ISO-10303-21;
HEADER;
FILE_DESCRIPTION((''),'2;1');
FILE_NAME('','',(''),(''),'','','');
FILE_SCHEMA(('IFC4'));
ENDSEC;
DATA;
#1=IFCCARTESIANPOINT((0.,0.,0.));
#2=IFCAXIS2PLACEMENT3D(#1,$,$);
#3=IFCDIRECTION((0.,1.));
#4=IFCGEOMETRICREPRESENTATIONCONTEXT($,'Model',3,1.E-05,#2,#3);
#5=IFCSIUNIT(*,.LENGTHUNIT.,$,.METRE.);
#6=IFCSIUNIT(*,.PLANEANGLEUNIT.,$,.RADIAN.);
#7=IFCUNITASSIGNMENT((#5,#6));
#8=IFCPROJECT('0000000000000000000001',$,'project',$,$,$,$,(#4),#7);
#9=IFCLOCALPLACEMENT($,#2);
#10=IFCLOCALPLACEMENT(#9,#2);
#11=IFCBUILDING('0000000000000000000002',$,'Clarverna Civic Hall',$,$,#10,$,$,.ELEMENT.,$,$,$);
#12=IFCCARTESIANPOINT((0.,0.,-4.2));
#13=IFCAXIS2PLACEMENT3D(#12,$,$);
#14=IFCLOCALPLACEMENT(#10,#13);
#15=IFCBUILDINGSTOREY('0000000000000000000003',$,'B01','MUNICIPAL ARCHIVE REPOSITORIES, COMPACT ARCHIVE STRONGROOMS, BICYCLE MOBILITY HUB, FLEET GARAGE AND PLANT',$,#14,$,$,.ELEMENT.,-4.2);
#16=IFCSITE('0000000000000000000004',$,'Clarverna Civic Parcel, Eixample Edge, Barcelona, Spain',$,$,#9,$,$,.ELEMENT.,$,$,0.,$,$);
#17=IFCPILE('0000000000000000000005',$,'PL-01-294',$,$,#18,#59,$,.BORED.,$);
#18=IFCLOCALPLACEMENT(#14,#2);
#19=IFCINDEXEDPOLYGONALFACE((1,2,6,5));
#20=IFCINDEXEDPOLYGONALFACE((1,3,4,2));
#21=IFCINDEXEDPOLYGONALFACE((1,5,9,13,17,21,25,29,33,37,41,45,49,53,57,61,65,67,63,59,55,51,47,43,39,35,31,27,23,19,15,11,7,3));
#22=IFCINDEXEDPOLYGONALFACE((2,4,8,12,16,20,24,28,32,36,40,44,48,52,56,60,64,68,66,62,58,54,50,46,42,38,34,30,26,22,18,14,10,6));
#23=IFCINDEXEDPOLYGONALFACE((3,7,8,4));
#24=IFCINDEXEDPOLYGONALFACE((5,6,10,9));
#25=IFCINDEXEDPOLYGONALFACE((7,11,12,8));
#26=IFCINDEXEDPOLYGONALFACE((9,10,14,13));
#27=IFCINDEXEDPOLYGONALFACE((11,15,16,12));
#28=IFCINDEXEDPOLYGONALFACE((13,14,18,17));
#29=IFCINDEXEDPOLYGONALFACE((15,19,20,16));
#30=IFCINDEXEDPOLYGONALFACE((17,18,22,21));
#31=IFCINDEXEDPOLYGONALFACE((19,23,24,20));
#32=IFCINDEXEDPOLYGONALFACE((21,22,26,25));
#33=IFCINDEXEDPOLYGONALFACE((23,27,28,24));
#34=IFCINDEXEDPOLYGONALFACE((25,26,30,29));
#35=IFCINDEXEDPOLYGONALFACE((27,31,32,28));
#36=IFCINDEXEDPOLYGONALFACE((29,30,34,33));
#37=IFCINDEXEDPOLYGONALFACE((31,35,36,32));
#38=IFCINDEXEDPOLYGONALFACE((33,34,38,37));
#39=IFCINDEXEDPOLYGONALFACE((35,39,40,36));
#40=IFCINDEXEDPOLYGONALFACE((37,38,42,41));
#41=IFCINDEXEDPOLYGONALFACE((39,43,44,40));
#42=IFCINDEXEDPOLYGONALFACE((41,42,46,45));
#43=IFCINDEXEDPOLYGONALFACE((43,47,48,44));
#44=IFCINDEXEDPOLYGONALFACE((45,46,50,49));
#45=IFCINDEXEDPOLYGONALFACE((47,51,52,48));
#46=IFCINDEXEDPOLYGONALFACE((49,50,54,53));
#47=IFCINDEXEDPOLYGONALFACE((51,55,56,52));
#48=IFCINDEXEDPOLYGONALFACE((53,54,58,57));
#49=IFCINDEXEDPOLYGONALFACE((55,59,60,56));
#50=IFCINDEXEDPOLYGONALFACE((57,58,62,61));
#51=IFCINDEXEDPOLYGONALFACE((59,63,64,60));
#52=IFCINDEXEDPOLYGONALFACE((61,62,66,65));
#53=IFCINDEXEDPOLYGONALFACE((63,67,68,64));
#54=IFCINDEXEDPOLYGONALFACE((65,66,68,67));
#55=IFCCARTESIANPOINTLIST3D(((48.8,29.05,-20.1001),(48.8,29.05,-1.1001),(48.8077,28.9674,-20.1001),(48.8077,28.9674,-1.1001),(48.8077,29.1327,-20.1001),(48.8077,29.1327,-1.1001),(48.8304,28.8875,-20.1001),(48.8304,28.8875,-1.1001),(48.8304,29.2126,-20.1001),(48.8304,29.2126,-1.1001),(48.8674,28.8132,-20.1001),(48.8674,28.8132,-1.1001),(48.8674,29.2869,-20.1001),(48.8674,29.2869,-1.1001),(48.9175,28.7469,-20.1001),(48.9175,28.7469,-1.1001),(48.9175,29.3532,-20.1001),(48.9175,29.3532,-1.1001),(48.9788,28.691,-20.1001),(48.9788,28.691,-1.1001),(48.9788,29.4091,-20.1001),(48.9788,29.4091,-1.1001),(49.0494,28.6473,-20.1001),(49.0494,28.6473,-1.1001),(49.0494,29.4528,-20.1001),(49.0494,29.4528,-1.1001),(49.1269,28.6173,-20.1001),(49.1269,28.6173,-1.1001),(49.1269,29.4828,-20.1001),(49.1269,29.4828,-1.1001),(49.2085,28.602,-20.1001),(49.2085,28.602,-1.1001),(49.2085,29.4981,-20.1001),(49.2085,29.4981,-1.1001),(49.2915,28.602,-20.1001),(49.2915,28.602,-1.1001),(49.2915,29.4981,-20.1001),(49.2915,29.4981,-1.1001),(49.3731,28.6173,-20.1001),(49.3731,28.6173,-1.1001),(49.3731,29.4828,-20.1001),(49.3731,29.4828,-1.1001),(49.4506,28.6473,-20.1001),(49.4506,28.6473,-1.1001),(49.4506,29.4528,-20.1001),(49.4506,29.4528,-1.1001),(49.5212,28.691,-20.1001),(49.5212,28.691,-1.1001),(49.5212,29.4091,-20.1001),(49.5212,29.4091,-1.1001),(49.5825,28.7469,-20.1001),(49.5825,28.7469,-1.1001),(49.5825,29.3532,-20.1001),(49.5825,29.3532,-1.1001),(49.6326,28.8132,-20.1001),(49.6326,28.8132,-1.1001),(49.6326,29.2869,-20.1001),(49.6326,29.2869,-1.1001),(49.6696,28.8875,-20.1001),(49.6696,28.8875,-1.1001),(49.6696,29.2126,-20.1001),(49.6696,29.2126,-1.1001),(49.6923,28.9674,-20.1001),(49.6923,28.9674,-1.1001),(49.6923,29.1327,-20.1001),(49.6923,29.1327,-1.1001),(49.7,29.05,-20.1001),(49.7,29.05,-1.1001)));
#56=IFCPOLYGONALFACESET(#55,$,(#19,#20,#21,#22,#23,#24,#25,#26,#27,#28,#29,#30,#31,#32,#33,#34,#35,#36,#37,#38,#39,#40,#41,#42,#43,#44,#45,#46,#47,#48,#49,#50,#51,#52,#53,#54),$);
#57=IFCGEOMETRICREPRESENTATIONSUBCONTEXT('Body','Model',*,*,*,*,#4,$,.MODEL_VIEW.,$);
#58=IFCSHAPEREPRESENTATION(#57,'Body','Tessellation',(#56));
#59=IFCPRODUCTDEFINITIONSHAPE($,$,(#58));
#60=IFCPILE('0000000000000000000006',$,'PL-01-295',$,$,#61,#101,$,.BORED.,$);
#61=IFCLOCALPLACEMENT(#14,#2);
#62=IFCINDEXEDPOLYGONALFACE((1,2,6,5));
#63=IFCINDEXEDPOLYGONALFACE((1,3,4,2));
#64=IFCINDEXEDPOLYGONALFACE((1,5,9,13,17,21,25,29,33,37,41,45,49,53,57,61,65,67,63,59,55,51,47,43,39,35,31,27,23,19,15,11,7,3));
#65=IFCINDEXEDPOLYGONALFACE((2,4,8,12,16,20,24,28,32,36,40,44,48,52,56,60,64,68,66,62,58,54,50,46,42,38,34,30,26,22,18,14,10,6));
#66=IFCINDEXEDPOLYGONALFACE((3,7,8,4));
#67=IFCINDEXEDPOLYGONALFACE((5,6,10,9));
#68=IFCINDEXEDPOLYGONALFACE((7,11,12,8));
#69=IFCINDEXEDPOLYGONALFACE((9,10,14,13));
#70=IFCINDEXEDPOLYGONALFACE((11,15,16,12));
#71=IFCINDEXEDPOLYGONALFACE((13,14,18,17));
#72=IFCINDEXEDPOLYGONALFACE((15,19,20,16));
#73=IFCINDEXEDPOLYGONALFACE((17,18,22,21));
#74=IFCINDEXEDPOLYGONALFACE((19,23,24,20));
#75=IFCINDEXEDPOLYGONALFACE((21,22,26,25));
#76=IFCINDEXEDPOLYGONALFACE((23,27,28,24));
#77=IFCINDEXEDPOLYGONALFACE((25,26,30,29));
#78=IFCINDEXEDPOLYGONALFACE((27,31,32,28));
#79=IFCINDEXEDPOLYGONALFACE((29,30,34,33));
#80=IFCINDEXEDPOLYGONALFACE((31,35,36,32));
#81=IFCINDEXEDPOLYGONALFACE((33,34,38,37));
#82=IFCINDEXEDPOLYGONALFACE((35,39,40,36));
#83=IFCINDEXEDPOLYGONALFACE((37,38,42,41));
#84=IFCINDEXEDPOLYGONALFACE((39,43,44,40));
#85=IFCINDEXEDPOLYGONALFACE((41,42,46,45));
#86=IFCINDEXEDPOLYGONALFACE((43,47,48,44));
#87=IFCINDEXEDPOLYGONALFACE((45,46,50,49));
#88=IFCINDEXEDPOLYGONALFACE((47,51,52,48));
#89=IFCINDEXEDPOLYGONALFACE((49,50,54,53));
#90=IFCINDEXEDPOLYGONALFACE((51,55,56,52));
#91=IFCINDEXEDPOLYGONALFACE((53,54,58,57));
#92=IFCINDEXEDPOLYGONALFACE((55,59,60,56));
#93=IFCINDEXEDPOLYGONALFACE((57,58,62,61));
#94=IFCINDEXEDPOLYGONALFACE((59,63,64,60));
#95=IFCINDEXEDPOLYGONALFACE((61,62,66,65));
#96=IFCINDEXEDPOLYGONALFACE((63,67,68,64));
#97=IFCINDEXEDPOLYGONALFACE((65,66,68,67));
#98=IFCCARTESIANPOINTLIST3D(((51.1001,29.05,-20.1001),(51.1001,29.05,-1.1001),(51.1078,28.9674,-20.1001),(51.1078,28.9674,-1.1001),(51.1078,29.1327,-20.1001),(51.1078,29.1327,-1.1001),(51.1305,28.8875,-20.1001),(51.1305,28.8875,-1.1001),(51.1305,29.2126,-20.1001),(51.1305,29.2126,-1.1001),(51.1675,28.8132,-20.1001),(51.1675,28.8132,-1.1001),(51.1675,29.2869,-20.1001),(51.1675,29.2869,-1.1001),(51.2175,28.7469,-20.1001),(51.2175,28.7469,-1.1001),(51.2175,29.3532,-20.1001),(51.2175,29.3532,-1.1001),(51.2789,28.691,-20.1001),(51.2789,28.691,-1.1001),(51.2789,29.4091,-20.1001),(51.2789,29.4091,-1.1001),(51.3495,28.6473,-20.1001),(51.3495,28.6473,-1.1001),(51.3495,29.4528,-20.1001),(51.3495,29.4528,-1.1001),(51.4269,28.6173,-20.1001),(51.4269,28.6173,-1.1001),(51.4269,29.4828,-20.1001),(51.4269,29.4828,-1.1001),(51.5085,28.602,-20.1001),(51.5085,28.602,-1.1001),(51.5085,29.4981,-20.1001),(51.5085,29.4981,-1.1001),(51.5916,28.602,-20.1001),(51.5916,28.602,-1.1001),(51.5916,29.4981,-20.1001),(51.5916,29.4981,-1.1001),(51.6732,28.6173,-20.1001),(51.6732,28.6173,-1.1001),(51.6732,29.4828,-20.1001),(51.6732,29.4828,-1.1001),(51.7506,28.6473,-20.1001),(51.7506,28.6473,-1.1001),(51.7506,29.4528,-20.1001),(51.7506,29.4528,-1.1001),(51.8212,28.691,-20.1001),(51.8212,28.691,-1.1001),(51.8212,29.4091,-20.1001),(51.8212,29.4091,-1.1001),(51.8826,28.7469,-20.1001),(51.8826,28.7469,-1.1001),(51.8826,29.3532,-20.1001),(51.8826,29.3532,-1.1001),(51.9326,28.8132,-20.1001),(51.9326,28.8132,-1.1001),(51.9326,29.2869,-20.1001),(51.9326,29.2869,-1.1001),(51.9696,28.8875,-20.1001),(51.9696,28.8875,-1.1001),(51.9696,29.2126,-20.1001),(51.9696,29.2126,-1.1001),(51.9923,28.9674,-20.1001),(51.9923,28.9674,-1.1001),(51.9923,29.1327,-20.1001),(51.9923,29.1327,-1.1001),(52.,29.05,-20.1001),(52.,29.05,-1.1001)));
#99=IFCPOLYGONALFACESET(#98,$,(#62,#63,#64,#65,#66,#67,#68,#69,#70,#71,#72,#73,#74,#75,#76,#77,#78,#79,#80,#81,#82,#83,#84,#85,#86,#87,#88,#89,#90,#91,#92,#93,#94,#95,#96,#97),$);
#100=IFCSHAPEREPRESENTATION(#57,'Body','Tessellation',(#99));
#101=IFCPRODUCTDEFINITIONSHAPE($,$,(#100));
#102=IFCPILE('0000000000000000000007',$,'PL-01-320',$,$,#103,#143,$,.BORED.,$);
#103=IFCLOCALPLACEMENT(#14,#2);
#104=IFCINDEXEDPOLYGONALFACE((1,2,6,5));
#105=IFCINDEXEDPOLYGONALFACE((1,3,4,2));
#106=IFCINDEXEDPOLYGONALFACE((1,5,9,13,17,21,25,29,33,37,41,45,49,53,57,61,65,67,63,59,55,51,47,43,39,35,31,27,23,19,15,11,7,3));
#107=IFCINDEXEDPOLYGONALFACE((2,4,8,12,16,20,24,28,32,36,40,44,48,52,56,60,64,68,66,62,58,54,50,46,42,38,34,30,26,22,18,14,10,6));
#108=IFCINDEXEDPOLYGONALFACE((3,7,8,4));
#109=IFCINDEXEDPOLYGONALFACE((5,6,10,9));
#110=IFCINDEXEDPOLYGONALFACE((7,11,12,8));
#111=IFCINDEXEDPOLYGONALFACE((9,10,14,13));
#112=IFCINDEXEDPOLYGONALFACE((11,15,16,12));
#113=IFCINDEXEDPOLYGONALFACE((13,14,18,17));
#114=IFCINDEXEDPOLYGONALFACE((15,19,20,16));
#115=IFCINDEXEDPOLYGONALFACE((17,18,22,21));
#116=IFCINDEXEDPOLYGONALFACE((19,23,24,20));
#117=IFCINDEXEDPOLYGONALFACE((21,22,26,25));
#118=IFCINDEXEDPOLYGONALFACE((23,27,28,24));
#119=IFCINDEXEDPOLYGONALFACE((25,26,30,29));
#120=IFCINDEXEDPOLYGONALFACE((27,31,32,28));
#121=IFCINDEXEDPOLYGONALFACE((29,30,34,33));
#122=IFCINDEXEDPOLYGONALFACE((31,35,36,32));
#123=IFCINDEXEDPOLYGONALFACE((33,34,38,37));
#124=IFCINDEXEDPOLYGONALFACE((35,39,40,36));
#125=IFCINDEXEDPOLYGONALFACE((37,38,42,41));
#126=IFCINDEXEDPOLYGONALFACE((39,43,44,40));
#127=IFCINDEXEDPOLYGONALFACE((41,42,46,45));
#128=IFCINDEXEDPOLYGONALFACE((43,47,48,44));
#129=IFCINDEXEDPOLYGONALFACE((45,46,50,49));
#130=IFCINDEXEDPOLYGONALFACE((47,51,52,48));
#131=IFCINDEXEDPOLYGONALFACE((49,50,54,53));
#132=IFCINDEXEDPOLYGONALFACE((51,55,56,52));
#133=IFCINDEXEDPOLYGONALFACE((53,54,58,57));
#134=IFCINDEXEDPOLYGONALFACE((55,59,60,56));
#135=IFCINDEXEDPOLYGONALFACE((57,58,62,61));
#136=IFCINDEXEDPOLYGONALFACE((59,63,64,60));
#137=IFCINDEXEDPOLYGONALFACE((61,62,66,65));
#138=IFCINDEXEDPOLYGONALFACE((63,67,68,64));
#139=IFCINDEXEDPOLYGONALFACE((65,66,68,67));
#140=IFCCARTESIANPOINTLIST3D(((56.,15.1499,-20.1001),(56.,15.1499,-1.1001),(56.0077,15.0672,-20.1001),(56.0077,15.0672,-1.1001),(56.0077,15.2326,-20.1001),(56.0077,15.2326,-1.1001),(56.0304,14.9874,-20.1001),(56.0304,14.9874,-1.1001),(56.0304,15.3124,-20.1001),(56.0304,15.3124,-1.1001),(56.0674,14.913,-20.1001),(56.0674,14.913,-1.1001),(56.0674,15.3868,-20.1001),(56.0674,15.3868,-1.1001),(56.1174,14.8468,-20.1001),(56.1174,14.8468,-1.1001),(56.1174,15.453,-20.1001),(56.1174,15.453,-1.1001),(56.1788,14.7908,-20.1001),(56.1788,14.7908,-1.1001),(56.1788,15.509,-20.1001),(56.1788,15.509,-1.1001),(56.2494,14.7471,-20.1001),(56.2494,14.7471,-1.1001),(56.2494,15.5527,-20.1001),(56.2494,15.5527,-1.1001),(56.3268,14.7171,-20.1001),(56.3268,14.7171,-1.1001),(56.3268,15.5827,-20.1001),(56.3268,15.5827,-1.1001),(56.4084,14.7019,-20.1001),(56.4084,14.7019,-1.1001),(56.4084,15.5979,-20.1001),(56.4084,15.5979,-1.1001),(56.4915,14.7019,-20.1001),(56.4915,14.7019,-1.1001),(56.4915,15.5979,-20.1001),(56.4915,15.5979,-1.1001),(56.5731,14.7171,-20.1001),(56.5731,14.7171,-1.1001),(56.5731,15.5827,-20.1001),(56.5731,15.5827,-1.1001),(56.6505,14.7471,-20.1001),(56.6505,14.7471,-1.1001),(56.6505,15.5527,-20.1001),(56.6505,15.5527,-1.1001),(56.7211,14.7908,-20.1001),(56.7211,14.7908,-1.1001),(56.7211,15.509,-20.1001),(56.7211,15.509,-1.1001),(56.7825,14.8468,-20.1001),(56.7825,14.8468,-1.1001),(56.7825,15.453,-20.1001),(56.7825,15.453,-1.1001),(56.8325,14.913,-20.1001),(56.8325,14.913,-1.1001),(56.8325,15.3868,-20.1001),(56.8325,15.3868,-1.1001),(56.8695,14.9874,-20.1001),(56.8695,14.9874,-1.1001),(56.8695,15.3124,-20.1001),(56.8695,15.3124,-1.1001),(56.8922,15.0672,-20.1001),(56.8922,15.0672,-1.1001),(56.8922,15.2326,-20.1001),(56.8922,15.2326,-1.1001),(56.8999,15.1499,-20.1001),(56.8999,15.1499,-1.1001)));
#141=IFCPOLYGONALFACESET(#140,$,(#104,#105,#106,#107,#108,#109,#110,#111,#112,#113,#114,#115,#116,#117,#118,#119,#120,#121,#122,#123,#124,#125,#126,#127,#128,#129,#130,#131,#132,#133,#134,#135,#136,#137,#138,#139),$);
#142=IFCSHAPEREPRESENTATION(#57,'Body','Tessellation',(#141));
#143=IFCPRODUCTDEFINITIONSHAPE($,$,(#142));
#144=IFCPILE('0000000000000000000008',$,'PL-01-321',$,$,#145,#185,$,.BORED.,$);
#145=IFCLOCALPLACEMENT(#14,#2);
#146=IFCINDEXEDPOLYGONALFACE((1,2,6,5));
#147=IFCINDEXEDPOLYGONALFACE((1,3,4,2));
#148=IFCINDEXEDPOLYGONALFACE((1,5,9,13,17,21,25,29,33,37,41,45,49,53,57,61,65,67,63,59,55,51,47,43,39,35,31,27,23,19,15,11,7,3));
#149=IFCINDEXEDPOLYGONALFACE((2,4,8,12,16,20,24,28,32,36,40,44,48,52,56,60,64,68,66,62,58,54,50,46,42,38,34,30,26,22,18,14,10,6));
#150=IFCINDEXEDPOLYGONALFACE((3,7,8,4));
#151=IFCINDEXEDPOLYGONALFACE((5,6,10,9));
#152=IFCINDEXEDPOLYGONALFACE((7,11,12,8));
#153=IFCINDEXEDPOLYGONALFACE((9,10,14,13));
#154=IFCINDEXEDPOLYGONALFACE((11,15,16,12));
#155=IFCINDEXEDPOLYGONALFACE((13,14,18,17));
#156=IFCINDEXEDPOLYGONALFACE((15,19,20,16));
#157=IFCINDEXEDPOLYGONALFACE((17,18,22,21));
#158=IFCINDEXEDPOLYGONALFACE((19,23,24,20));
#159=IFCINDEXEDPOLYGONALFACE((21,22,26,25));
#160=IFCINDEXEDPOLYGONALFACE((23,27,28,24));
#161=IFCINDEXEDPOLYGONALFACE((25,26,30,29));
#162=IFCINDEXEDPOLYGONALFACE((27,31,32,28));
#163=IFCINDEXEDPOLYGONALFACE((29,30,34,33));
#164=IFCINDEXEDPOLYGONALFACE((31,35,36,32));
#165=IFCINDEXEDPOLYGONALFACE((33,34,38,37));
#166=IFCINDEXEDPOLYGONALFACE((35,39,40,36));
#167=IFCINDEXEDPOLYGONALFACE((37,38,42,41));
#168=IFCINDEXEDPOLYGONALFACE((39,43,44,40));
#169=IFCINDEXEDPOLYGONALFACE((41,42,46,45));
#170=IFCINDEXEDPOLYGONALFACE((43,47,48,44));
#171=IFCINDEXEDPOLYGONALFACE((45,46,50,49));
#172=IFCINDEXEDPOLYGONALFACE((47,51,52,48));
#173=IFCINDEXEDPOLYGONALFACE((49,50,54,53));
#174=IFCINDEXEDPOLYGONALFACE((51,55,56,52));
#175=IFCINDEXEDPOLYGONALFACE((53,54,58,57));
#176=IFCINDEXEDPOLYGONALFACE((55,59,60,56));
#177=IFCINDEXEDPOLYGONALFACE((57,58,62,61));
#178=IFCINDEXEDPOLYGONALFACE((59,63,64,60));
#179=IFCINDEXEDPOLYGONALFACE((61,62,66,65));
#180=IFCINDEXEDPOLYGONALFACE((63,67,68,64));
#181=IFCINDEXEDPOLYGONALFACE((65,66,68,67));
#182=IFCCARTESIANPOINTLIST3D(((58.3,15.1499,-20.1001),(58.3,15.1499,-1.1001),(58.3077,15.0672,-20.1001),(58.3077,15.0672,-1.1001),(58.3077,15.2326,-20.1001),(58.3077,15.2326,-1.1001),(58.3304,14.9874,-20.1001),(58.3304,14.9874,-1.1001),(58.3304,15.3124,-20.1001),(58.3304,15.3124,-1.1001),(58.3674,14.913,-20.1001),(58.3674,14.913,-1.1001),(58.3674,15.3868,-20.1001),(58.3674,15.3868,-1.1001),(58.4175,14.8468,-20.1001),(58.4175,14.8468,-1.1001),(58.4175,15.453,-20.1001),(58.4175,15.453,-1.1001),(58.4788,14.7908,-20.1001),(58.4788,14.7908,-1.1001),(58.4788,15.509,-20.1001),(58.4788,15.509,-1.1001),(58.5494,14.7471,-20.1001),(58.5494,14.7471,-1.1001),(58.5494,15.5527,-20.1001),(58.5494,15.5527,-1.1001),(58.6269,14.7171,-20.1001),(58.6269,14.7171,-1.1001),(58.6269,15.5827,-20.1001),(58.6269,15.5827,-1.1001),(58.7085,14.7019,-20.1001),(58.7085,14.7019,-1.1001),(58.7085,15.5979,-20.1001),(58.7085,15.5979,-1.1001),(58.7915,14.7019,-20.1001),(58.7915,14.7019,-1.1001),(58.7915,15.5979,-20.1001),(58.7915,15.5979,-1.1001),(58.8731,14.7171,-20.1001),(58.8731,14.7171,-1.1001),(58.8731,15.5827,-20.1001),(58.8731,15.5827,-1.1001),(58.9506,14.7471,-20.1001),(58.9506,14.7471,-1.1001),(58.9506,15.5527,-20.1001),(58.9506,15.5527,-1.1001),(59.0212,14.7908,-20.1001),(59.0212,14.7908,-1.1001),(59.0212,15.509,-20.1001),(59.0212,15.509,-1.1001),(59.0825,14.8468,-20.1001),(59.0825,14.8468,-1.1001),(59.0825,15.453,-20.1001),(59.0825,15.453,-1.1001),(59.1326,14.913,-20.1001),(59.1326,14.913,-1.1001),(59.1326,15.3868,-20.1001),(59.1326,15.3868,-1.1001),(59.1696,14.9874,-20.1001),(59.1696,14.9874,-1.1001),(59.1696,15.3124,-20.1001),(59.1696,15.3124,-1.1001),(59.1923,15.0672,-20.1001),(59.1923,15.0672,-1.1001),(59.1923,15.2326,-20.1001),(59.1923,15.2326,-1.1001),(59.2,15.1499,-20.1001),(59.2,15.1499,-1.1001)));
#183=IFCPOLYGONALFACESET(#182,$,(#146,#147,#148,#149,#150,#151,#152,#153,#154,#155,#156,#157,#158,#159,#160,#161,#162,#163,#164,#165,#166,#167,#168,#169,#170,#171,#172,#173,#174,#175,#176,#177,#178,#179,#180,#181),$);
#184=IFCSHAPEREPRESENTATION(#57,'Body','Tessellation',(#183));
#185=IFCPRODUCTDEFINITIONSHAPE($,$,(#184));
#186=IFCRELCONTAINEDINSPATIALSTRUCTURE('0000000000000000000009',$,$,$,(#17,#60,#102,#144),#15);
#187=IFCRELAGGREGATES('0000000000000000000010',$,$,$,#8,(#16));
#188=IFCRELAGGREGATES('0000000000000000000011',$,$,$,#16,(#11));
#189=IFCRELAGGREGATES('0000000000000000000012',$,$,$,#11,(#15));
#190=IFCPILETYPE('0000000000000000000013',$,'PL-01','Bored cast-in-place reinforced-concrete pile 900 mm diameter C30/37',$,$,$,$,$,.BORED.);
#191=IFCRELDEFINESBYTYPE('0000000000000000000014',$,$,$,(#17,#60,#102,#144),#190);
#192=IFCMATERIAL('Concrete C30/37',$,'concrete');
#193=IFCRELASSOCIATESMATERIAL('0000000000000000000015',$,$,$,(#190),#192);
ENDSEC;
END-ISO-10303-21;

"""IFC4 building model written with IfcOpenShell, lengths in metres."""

from ifc_helpers import new_model, si_unit, direction, frame, origin, origin_2d, place, context, subcontext, project, spatial, circle, extrude, material, material_profile, profile_set, type_object, element, save


model = new_model("IFC4")

# Units and contexts
model_context = context("Model", 3, precision=1e-05, world=origin(), true_north=direction((0.0, 1.0)))
body_context = subcontext(model_context, "Body", "Model", "MODEL_VIEW")
ifc_project = project(units=[si_unit("LENGTHUNIT", "METRE"), si_unit("PLANEANGLEUNIT", "RADIAN")], contexts=[model_context])

# Site, building, storey
site_placement = place(None, origin())
site = spatial("IfcSite", under=ifc_project, at=site_placement, Name="Clarverna Civic Parcel, Eixample Edge, Barcelona, Spain", CompositionType="ELEMENT", RefElevation=0.0)
building_placement = place(site_placement, origin())
building = spatial("IfcBuilding", under=site, at=building_placement, Name="Clarverna Civic Hall", CompositionType="ELEMENT")
storey_placement = place(building_placement, frame((0.0, 0.0, -4.2)))
storey = spatial("IfcBuildingStorey", under=building, at=storey_placement, Name="B01", Description="MUNICIPAL ARCHIVE REPOSITORIES, COMPACT ARCHIVE STRONGROOMS, BICYCLE MOBILITY HUB, FLEET GARAGE AND PLANT", CompositionType="ELEMENT", Elevation=-4.2)

# Shared definitions
ifc_material_1 = material(Name="Concrete C30/37", Category="concrete")

# Piles
ifc_material_profile_1 = material_profile(ifc_material_1, circle(Radius=0.45, at=origin_2d()), Name="BORED PILE D900")
ifc_profile_set_1 = profile_set([ifc_material_profile_1], Name="Concrete C30/37")
pile_type = type_object("IfcPileType", Name="PL-01", Description="Bored cast-in-place reinforced-concrete pile 900 mm diameter C30/37", PredefinedType="BORED", material=ifc_profile_set_1)
for number, where, z_axis, x_axis, name in (
    (1, (49.25, 29.05, -1.1001), (0.0, 0.0, -1.0), (1.0, 0.0, 0.0), "PL-01-294"),
    (2, (51.55, 29.05, -1.1001), (0.0, 0.0, -1.0), (1.0, 0.0, 0.0), "PL-01-295"),
    (3, (56.45, 15.1499, -1.1001), (0.0, 0.0, -1.0), (1.0, 0.0, 0.0), "PL-01-320"),
    (4, (58.75, 15.1499, -1.1001), (0.0, 0.0, -1.0), (1.0, 0.0, 0.0), "PL-01-321"),
):
    element("IfcPile", number, at=place(storey_placement, frame(where, z_axis=z_axis, x_axis=x_axis)), inside=storey, type_object=pile_type, Name=name, PredefinedType="BORED", context=body_context, shape_type="SweptSolid", body=[
        extrude(circle(Radius=0.45, at=origin_2d()), origin(), (0.0, 0.0, 1.0), 19.0),
    ])

save(model, "model.ifc")
